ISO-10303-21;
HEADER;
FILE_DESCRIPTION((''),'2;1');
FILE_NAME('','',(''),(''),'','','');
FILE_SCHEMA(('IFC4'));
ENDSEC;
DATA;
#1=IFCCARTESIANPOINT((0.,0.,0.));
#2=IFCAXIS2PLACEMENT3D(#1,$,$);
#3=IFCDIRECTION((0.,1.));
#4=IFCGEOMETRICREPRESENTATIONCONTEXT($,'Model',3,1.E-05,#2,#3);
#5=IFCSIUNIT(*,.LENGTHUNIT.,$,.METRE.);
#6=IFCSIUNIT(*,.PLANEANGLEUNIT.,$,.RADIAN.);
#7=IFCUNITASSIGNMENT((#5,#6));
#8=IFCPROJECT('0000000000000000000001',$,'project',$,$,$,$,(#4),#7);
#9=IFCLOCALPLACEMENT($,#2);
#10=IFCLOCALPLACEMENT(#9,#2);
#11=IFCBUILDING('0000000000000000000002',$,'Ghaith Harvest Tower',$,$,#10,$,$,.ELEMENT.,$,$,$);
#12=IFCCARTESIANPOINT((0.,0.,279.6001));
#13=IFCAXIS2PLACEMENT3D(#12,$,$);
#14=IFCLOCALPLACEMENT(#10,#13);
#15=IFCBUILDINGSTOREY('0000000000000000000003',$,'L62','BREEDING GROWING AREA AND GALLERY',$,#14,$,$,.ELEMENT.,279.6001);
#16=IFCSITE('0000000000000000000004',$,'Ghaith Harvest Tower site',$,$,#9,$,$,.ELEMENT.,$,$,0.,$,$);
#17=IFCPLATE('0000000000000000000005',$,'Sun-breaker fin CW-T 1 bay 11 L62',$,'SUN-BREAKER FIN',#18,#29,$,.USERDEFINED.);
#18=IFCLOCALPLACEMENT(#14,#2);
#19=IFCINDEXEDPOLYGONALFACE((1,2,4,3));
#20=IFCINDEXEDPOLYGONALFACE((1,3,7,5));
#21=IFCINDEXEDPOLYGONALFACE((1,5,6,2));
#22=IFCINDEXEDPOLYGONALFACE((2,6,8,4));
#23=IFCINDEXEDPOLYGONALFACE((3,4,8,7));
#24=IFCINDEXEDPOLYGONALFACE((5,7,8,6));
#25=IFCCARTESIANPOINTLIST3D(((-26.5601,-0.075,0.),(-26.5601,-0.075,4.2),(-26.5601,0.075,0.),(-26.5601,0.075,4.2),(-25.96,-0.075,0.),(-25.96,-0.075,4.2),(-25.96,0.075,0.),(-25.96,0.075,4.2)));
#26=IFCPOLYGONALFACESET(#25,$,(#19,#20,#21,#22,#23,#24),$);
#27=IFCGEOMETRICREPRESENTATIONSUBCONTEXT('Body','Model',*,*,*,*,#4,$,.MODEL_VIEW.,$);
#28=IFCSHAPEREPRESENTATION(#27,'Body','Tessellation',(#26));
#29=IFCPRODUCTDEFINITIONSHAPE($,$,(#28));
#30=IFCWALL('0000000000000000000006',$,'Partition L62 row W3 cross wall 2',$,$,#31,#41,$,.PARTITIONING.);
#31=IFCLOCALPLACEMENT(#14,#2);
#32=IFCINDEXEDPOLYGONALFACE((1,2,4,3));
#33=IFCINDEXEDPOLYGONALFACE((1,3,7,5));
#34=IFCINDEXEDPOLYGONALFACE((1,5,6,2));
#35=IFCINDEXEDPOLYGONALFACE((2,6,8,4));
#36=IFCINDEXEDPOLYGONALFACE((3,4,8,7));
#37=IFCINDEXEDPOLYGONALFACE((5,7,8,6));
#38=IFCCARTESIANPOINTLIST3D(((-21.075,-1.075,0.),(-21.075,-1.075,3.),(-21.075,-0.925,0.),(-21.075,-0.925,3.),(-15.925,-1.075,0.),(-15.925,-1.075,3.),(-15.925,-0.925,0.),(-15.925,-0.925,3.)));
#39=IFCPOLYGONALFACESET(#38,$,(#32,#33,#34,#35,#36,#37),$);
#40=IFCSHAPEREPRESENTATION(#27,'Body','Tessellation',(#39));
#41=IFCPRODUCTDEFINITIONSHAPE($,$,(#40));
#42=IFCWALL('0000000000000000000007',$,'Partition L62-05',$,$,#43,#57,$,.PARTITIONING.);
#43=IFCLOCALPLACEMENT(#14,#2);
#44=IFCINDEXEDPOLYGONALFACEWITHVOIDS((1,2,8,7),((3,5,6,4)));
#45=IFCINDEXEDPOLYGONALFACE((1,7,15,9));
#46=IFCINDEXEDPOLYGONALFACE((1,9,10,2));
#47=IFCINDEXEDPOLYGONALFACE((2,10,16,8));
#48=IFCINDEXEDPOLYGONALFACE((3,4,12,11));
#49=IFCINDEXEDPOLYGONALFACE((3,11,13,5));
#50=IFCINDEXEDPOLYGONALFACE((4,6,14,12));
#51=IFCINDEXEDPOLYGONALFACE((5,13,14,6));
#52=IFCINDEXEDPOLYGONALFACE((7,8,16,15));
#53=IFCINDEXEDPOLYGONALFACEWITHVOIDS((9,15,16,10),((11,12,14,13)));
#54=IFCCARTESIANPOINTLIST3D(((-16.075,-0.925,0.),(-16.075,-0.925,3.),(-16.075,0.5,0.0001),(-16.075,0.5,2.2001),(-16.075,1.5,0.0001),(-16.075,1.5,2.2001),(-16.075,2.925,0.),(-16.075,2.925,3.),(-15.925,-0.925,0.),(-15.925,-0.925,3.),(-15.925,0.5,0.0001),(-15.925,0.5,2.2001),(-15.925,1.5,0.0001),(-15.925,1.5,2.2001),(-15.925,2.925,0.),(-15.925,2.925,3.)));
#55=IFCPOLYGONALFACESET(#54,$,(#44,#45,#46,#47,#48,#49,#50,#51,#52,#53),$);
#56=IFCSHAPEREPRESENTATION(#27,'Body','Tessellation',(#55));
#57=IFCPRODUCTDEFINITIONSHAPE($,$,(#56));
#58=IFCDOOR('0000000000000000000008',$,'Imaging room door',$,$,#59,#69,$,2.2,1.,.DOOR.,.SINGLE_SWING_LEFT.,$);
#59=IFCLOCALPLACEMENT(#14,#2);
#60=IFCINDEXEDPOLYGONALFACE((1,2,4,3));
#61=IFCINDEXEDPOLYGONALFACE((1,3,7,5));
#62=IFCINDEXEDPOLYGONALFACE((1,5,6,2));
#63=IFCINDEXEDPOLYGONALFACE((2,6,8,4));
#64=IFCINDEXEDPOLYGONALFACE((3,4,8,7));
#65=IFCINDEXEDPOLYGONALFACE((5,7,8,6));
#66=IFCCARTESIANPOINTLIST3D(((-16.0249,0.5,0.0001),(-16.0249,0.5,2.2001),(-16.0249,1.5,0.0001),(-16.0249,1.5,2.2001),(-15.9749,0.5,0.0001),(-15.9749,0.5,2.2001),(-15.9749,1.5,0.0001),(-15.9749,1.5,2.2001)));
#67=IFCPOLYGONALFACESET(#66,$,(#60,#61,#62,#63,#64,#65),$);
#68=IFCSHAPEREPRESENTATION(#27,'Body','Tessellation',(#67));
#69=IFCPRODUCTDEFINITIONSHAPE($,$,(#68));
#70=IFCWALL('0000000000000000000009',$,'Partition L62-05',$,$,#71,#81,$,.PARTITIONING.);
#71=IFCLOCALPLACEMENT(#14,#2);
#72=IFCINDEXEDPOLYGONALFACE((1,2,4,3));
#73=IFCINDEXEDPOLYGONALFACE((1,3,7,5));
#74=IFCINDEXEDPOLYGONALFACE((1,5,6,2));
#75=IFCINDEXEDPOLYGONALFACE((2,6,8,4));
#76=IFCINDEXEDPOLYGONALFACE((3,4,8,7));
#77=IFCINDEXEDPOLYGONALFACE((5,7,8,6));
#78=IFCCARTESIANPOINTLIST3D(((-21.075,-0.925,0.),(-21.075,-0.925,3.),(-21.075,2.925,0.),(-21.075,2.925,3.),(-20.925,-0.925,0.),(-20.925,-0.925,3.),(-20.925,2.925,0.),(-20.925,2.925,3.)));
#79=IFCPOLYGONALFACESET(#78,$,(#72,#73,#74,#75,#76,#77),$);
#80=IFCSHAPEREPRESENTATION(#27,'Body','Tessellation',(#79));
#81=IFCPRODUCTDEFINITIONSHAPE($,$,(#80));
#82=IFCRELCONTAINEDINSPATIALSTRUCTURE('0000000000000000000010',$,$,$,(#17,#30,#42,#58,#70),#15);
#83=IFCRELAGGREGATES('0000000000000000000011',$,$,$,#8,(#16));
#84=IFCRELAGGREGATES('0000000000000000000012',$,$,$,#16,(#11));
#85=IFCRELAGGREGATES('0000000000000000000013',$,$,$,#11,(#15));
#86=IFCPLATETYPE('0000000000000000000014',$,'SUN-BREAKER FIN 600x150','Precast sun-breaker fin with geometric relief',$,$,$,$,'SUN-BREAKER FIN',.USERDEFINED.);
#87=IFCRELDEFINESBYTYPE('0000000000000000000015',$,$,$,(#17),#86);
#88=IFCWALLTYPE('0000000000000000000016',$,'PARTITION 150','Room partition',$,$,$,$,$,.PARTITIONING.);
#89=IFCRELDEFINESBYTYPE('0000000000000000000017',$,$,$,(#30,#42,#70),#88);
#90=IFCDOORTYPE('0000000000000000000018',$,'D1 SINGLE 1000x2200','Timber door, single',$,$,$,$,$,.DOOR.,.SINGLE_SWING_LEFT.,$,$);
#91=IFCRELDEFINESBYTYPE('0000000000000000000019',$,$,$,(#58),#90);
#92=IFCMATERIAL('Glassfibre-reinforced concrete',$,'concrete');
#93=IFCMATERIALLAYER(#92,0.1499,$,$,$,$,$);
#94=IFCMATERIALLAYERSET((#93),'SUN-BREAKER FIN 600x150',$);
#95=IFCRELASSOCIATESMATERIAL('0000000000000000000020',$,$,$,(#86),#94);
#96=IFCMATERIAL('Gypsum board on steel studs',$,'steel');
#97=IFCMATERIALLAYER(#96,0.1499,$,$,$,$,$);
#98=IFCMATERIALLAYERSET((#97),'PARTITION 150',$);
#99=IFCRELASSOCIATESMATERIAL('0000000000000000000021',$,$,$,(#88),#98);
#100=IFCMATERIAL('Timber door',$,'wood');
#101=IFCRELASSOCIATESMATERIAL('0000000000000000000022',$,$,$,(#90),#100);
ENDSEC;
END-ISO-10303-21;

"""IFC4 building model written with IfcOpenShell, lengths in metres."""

from ifc_helpers import new_model, si_unit, direction, frame, frame_2d, origin, origin_2d, place, context, subcontext, project, spatial, rectangle, extrude, material, layer, layer_set, type_object, element, fill, save


model = new_model("IFC4")

# Units and contexts
model_context = context("Model", 3, precision=1e-05, world=origin(), true_north=direction((0.0, 1.0)))
body_context = subcontext(model_context, "Body", "Model", "MODEL_VIEW")
ifc_project = project(units=[si_unit("LENGTHUNIT", "METRE"), si_unit("PLANEANGLEUNIT", "RADIAN")], contexts=[model_context])

# Site, building, storey
site_placement = place(None, origin())
site = spatial("IfcSite", under=ifc_project, at=site_placement, Name="Ghaith Harvest Tower site", CompositionType="ELEMENT", RefElevation=0.0)
building_placement = place(site_placement, origin())
building = spatial("IfcBuilding", under=site, at=building_placement, Name="Ghaith Harvest Tower", CompositionType="ELEMENT")
storey_placement = place(building_placement, frame((0.0, 0.0, 279.6001)))
storey = spatial("IfcBuildingStorey", under=building, at=storey_placement, Name="L62", Description="BREEDING GROWING AREA AND GALLERY", CompositionType="ELEMENT", Elevation=279.6001)

# Plate
ifc_material_1 = material(Name="Glassfibre-reinforced concrete", Category="concrete")
ifc_layer_1 = layer(ifc_material_1, 0.1499)
ifc_layer_set_1 = layer_set([ifc_layer_1], Name="SUN-BREAKER FIN 600x150")
plate_type_1 = type_object("IfcPlateType", Name="SUN-BREAKER FIN 600x150", Description="Precast sun-breaker fin with geometric relief", ElementType="SUN-BREAKER FIN", PredefinedType="USERDEFINED", material=ifc_layer_set_1)
plate_1_placement = place(storey_placement, frame((-26.26, 0.0, 0.0), z_axis=(0.0, 0.0, 1.0), x_axis=(-1.0, 0.0, 0.0)))
element("IfcPlate", 1, at=plate_1_placement, inside=storey, type_object=plate_type_1, Name="Sun-breaker fin CW-T 1 bay 11 L62", ObjectType="SUN-BREAKER FIN", PredefinedType="USERDEFINED", context=body_context, shape_type="SweptSolid", body=[
    extrude(rectangle(XDim=0.6001, YDim=0.1499, at=origin_2d()), origin(), (0.0, 0.0, 1.0), 4.2),
])

# Wall
ifc_material_2 = material(Name="Gypsum board on steel studs", Category="steel")
ifc_layer_2 = layer(ifc_material_2, 0.1499)
ifc_layer_set_2 = layer_set([ifc_layer_2], Name="PARTITION 150")
wall_type = type_object("IfcWallType", Name="PARTITION 150", Description="Room partition", PredefinedType="PARTITIONING", material=ifc_layer_set_2)
wall_1_placement = place(storey_placement, frame((-15.925, -1.0, 0.0), z_axis=(0.0, 0.0, 1.0), x_axis=(-1.0, 0.0, 0.0)))
element("IfcWall", 2, at=wall_1_placement, inside=storey, type_object=wall_type, Name="Partition L62 row W3 cross wall 2", PredefinedType="PARTITIONING", context=body_context, shape_type="SweptSolid", body=[
    extrude(rectangle(XDim=5.1499, YDim=0.1499, at=frame_2d((2.575, 0.0))), origin(), (0.0, 0.0, 1.0), 3.0),
])

# Wall, opening, door
wall_2_placement = place(storey_placement, frame((-16.0, -0.925, 0.0), z_axis=(0.0, 0.0, 1.0), x_axis=(0.0, 1.0, 0.0)))
wall_2 = element("IfcWall", 3, at=wall_2_placement, inside=storey, type_object=wall_type, Name="Partition L62-05", PredefinedType="PARTITIONING", context=body_context, shape_type="SweptSolid", body=[
    extrude(rectangle(XDim=3.8501, YDim=0.1499, at=frame_2d((1.925, 0.0))), origin(), (0.0, 0.0, 1.0), 3.0),
])
opening_placement = place(wall_2_placement, frame((1.425, 0.0, 0.0)))
opening = element("IfcOpeningElement", 4, at=opening_placement, cuts=wall_2, PredefinedType="OPENING", context=body_context, shape_type="SweptSolid", body=[
    extrude(rectangle(XDim=1.0, YDim=2.2, at=frame_2d((0.5, 1.1001))), frame((0.0, 0.085, 0.0), z_axis=(0.0, -1.0, 0.0), x_axis=(1.0, 0.0, 0.0)), (0.0, 0.0, 1.0), 0.1699),
])
ifc_material_3 = material(Name="Timber door", Category="wood")
door_type = type_object("IfcDoorType", Name="D1 SINGLE 1000x2200", Description="Timber door, single", OperationType="SINGLE_SWING_LEFT", PredefinedType="DOOR", material=ifc_material_3)
door_placement = place(opening_placement, origin())
door = element("IfcDoor", 5, at=door_placement, inside=storey, type_object=door_type, Name="Imaging room door", OperationType="SINGLE_SWING_LEFT", OverallHeight=2.2, OverallWidth=1.0, PredefinedType="DOOR", context=body_context, shape_type="SweptSolid", body=[
    extrude(rectangle(XDim=1.0, YDim=2.2, at=frame_2d((0.5, 1.1001))), frame((0.0, 0.0249, 0.0), z_axis=(0.0, -1.0, 0.0), x_axis=(1.0, 0.0, 0.0)), (0.0, 0.0, 1.0), 0.05),
])
fill(opening, door)

# Wall
wall_3_placement = place(storey_placement, frame((-21.0, -0.925, 0.0), z_axis=(0.0, 0.0, 1.0), x_axis=(0.0, 1.0, 0.0)))
element("IfcWall", 6, at=wall_3_placement, inside=storey, type_object=wall_type, Name="Partition L62-05", PredefinedType="PARTITIONING", context=body_context, shape_type="SweptSolid", body=[
    extrude(rectangle(XDim=3.8501, YDim=0.1499, at=frame_2d((1.925, 0.0))), origin(), (0.0, 0.0, 1.0), 3.0),
])

save(model, "model.ifc")
